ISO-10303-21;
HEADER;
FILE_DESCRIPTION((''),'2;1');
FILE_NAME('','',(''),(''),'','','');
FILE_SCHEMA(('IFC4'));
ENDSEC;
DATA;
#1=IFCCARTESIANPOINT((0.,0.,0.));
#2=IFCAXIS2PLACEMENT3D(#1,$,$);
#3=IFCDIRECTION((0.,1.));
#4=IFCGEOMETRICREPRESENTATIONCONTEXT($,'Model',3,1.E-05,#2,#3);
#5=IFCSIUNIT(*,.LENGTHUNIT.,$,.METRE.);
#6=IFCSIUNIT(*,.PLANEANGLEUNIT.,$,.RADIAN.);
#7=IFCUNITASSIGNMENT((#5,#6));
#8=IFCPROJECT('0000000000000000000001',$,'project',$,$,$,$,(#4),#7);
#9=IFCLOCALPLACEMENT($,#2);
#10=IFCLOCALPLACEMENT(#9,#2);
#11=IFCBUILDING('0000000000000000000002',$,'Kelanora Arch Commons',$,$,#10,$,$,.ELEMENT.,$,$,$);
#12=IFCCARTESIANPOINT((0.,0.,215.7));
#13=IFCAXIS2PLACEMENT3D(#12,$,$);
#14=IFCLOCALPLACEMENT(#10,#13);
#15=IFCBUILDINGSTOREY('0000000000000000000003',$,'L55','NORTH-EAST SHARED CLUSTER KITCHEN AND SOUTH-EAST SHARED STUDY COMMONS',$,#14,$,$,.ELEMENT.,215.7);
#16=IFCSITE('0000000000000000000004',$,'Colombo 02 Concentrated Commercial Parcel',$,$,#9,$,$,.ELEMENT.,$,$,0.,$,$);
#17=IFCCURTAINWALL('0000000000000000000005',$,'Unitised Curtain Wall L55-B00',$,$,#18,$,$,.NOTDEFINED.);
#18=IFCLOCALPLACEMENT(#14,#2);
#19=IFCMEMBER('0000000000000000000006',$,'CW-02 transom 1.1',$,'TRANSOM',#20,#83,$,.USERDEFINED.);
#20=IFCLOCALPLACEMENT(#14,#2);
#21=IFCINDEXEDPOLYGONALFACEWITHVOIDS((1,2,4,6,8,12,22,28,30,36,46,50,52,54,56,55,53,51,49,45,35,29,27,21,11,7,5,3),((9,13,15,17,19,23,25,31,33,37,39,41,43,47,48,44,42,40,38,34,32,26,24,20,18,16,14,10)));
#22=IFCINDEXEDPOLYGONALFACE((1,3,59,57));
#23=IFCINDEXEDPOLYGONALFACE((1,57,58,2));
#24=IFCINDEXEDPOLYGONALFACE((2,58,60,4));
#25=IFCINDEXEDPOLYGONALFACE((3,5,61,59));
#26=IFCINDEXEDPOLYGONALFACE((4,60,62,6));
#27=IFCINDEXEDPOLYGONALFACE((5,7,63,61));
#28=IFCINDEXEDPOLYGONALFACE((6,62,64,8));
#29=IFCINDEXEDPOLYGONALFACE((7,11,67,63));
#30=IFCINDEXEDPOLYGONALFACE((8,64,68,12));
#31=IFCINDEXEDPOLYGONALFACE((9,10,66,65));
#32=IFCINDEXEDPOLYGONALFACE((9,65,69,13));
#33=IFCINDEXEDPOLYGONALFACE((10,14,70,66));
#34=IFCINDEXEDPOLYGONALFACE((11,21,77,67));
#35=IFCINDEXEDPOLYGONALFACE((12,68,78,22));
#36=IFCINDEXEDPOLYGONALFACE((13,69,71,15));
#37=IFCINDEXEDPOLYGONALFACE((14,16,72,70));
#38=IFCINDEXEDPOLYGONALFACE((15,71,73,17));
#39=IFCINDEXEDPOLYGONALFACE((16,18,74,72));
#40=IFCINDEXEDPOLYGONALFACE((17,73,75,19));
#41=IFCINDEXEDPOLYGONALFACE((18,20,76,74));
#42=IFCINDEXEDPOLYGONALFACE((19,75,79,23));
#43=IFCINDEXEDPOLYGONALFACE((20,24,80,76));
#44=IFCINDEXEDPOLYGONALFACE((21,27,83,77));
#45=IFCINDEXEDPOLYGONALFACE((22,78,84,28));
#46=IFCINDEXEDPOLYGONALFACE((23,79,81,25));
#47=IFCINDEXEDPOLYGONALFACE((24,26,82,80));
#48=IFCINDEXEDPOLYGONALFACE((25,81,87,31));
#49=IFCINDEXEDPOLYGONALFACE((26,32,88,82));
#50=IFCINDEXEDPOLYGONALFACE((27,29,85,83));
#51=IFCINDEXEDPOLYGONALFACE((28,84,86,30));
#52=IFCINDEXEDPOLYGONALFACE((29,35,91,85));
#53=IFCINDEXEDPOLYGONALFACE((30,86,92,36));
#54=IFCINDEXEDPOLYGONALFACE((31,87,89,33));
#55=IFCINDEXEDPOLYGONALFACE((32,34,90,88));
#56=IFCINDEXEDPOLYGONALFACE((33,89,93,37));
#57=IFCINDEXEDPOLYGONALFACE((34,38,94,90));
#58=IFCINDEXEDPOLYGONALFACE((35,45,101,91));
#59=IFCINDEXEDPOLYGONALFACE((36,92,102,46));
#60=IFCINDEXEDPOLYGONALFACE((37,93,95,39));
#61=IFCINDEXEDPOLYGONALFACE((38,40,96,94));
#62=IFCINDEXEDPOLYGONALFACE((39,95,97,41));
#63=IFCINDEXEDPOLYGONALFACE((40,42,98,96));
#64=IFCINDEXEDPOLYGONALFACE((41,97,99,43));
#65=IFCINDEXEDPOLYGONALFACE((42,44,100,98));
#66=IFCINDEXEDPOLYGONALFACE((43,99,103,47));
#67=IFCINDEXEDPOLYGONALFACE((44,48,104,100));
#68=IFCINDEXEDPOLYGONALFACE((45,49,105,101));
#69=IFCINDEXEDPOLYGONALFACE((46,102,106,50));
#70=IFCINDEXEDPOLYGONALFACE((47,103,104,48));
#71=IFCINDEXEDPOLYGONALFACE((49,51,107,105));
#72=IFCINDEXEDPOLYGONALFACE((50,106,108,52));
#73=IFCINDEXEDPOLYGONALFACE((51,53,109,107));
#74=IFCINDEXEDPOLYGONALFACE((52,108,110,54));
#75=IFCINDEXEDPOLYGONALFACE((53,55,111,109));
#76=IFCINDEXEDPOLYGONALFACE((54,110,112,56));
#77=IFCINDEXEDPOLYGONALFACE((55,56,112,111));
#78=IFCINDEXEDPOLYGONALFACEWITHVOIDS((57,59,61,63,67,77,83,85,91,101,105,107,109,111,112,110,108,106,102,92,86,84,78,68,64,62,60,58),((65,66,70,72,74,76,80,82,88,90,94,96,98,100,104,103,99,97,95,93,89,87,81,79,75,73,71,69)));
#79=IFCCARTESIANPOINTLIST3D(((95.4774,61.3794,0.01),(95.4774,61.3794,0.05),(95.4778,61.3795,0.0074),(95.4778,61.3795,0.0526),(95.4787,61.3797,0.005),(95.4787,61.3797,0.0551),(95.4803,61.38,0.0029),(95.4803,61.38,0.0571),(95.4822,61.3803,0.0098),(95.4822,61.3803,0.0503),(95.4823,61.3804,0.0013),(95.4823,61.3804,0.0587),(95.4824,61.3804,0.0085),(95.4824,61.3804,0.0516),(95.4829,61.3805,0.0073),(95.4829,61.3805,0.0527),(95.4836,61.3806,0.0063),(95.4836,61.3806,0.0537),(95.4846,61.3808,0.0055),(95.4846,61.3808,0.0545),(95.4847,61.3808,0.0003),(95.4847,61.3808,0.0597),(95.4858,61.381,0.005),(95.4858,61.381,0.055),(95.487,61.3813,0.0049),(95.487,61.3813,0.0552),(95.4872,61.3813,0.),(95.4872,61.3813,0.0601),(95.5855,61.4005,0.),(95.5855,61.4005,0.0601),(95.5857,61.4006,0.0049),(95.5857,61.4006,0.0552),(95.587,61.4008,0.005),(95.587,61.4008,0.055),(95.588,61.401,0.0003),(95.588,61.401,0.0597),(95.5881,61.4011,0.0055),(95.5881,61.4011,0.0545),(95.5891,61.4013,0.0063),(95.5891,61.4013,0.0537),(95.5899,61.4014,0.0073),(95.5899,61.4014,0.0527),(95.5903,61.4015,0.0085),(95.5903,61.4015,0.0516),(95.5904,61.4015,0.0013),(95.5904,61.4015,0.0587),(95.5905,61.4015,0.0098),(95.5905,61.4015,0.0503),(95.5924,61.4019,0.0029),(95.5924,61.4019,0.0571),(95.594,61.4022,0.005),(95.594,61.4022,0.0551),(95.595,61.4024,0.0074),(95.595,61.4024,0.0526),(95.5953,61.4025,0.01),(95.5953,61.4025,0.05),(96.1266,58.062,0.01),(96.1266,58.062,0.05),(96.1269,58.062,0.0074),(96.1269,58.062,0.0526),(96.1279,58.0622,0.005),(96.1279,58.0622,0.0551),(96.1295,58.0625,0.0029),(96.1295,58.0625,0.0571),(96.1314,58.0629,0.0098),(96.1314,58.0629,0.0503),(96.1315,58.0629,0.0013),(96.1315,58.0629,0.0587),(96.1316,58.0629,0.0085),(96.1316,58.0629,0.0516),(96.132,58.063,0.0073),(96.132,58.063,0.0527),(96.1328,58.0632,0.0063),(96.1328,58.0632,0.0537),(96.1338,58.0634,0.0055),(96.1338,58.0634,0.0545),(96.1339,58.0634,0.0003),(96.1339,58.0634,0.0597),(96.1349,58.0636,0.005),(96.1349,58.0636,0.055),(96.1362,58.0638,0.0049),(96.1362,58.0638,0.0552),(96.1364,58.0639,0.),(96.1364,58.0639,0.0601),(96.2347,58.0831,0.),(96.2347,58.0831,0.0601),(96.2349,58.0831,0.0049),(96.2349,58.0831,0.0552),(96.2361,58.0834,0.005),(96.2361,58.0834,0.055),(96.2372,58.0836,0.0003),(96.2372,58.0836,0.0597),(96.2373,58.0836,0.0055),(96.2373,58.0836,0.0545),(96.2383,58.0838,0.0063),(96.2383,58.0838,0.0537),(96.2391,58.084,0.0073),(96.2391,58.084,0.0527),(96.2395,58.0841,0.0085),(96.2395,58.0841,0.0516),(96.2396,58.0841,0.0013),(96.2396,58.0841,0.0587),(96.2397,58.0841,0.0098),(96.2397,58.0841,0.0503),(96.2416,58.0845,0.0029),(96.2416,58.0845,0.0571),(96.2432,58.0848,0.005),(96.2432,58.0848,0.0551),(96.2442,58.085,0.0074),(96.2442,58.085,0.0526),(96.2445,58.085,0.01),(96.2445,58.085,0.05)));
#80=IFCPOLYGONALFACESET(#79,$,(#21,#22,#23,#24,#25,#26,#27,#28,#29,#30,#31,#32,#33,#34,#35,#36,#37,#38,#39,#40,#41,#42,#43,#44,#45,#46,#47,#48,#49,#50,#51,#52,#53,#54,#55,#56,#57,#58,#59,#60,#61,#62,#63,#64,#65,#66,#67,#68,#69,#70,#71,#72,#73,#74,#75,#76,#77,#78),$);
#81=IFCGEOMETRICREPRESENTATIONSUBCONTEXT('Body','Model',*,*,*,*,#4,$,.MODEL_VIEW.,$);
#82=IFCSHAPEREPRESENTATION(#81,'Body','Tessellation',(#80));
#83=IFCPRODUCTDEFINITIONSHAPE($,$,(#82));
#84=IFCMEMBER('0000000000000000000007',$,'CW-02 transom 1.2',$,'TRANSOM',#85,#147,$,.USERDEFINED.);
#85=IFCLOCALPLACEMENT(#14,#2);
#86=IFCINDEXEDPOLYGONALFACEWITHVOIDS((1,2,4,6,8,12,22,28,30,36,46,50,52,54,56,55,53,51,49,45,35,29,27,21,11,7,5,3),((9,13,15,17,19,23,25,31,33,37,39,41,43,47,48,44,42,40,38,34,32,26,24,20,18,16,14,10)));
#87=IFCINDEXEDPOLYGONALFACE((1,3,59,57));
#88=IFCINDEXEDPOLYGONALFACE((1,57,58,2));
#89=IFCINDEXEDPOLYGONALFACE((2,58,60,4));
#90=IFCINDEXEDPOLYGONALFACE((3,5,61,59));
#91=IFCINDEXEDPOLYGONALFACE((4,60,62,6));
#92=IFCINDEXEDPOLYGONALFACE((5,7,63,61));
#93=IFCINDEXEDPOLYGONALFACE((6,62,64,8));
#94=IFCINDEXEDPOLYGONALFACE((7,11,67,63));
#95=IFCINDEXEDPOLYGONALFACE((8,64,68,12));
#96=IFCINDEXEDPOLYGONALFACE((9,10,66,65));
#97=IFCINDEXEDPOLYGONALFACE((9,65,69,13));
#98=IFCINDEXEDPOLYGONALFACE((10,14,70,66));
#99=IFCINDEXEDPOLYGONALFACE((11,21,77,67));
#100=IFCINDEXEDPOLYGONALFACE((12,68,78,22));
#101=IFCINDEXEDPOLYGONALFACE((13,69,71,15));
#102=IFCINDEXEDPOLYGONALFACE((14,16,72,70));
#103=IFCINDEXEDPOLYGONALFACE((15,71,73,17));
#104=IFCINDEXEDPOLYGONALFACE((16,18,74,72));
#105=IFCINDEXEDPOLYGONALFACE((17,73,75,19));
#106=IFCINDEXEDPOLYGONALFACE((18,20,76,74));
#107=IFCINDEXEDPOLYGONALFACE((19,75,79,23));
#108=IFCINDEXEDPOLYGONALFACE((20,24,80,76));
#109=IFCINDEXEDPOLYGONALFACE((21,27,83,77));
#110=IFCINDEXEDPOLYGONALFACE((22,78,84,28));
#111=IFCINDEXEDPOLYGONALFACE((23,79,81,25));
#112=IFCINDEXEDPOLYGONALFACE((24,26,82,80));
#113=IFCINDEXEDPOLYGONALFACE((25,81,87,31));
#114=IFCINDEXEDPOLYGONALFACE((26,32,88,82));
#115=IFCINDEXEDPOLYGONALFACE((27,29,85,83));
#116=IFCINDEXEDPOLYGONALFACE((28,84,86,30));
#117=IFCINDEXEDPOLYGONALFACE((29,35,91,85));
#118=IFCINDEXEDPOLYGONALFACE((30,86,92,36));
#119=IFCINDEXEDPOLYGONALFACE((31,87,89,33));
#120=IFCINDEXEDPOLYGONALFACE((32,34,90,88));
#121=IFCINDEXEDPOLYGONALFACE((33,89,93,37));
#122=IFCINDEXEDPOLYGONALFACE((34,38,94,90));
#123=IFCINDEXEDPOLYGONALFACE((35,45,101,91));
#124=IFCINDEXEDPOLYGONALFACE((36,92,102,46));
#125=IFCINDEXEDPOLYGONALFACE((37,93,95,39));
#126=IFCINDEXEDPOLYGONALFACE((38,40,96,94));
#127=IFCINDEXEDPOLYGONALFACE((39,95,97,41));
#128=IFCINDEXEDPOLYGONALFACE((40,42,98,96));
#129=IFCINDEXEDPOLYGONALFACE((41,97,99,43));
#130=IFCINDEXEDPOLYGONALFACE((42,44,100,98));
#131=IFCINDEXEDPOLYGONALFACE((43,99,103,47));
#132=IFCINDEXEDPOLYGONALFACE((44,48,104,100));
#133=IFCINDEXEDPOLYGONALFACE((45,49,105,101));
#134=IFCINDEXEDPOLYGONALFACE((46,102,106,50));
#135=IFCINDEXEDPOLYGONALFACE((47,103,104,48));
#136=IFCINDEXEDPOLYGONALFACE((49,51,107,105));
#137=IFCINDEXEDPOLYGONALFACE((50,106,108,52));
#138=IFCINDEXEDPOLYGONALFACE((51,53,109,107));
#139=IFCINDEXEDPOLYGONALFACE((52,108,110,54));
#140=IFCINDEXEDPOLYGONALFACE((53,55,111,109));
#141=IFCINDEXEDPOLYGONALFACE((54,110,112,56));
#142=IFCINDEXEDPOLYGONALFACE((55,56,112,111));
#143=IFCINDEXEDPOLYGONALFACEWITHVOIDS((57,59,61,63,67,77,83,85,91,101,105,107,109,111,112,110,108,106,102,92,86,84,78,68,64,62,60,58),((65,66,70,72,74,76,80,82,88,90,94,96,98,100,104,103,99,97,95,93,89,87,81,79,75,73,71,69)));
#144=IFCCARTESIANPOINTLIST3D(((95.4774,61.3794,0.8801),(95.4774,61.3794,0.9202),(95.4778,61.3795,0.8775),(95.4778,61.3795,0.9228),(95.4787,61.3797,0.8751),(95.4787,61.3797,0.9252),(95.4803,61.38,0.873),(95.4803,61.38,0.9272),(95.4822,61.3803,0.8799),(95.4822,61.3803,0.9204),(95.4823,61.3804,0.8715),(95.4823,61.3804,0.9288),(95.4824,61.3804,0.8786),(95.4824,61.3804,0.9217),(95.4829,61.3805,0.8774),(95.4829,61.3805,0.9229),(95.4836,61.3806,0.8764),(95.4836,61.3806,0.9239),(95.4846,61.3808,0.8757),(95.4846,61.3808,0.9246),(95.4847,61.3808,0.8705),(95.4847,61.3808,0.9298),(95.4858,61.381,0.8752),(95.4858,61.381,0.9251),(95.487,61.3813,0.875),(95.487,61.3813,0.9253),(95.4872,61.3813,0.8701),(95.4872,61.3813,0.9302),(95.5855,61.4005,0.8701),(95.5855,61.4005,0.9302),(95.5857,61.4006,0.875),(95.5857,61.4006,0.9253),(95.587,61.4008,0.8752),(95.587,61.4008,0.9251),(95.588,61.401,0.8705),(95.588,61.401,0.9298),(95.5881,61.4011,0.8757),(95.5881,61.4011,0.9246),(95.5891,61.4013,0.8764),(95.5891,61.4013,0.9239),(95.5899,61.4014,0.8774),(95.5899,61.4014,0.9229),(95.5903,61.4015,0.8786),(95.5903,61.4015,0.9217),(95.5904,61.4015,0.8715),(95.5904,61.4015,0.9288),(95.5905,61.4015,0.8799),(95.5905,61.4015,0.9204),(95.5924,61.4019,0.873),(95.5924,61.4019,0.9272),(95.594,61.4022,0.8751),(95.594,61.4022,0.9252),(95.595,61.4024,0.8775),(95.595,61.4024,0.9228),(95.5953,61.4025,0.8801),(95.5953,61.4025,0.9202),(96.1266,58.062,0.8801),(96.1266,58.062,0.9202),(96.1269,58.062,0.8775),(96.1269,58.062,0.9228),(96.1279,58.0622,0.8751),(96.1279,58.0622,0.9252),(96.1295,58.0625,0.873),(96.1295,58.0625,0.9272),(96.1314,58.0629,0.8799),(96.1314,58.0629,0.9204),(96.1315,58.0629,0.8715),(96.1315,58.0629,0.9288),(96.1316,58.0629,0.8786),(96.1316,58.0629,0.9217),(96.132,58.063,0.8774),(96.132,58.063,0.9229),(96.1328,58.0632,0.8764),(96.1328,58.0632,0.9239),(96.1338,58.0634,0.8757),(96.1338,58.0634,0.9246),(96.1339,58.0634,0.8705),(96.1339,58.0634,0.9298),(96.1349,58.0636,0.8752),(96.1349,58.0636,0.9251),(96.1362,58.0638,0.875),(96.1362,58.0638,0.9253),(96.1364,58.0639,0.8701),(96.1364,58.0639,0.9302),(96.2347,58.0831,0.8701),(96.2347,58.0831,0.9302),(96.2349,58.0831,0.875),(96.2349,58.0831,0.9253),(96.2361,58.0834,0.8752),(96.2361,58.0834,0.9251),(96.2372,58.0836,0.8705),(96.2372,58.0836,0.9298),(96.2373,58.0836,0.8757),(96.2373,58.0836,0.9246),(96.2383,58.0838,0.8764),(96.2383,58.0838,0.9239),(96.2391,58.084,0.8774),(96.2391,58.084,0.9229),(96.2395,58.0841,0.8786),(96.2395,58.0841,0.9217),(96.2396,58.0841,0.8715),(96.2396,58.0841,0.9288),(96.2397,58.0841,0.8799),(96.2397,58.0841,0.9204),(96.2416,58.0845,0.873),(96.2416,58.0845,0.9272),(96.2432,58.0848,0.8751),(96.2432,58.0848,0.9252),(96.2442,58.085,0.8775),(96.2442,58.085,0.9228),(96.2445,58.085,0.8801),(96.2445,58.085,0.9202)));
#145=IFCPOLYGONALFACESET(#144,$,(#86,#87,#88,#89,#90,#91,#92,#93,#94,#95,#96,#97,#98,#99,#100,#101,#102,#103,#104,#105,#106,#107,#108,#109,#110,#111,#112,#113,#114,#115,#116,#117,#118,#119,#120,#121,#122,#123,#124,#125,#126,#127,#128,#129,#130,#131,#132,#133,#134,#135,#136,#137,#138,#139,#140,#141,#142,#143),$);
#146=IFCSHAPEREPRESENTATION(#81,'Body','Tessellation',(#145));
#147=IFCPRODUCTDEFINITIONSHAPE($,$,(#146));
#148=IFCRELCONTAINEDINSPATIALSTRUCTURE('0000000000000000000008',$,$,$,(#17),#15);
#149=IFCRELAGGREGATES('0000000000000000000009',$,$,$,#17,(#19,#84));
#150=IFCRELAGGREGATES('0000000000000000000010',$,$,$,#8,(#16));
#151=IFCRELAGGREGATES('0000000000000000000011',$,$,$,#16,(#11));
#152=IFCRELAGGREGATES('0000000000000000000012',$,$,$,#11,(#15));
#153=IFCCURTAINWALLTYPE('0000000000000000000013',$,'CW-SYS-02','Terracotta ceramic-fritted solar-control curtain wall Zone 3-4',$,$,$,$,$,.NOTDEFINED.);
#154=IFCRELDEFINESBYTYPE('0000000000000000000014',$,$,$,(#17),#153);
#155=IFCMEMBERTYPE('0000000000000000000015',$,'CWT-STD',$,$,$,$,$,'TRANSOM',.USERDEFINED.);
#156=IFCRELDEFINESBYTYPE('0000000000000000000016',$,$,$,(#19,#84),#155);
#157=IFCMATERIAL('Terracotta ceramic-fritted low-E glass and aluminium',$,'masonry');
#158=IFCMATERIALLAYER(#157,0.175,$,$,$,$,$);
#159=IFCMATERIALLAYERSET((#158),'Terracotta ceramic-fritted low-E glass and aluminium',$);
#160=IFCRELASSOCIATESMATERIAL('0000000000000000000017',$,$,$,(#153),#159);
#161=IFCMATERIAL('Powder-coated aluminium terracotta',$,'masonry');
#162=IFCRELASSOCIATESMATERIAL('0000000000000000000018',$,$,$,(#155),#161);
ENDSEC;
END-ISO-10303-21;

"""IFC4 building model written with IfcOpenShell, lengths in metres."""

from ifc_helpers import new_model, si_unit, direction, frame, origin, origin_2d, place, context, subcontext, project, spatial, hollow_rectangle, extrude, material, layer, layer_set, material_profile, profile_set, type_object, element, aggregate, save


model = new_model("IFC4")

# Units and contexts
model_context = context("Model", 3, precision=1e-05, world=origin(), true_north=direction((0.0, 1.0)))
body_context = subcontext(model_context, "Body", "Model", "MODEL_VIEW")
ifc_project = project(units=[si_unit("LENGTHUNIT", "METRE"), si_unit("PLANEANGLEUNIT", "RADIAN")], contexts=[model_context])

# Site, building, storey
site_placement = place(None, origin())
site = spatial("IfcSite", under=ifc_project, at=site_placement, Name="Colombo 02 Concentrated Commercial Parcel", CompositionType="ELEMENT", RefElevation=0.0)
building_placement = place(site_placement, origin())
building = spatial("IfcBuilding", under=site, at=building_placement, Name="Kelanora Arch Commons", CompositionType="ELEMENT")
storey_placement = place(building_placement, frame((0.0, 0.0, 215.7)))
storey = spatial("IfcBuildingStorey", under=building, at=storey_placement, Name="L55", Description="NORTH-EAST SHARED CLUSTER KITCHEN AND SOUTH-EAST SHARED STUDY COMMONS", CompositionType="ELEMENT", Elevation=215.7)

# Curtain wall, members
ifc_material_1 = material(Name="Terracotta ceramic-fritted low-E glass and aluminium", Category="masonry")
ifc_layer_1 = layer(ifc_material_1, 0.175)
ifc_layer_set_1 = layer_set([ifc_layer_1], Name="Terracotta ceramic-fritted low-E glass and aluminium")
curtain_wall_type = type_object("IfcCurtainWallType", Name="CW-SYS-02", Description="Terracotta ceramic-fritted solar-control curtain wall Zone 3-4", PredefinedType="NOTDEFINED", material=ifc_layer_set_1)
curtain_wall_placement = place(storey_placement, origin())
curtain_wall = element("IfcCurtainWall", 1, at=curtain_wall_placement, inside=storey, type_object=curtain_wall_type, Name="Unitised Curtain Wall L55-B00", PredefinedType="NOTDEFINED")
ifc_material_2 = material(Name="Powder-coated aluminium terracotta", Category="masonry")
ifc_material_profile_1 = material_profile(ifc_material_2, hollow_rectangle(XDim=0.1201, YDim=0.0601, WallThickness=0.0049, InnerFilletRadius=0.0049, OuterFilletRadius=0.01, at=origin_2d()), Name="CWT120x60")
ifc_profile_set_1 = profile_set([ifc_material_profile_1], Name="Powder-coated aluminium terracotta")
member_type_1 = type_object("IfcMemberType", Name="CWT-STD", ElementType="TRANSOM", PredefinedType="USERDEFINED", material=ifc_profile_set_1)
member_1_placement = place(storey_placement, frame((96.1855, 58.0735, 0.03), z_axis=(-0.192045, 0.981386, 0.0), x_axis=(-0.981386, -0.192045, 0.0)))
member_1 = element("IfcMember", 2, at=member_1_placement, type_object=member_type_1, Name="CW-02 transom 1.1", ObjectType="TRANSOM", PredefinedType="USERDEFINED", context=body_context, shape_type="SweptSolid", body=[
    extrude(hollow_rectangle(XDim=0.1201, YDim=0.0601, WallThickness=0.0049, InnerFilletRadius=0.0049, OuterFilletRadius=0.01, at=origin_2d()), origin(), (0.0, 0.0, 1.0), 3.3804),
])
member_2_placement = place(storey_placement, frame((96.1855, 58.0735, 0.9001), z_axis=(-0.192045, 0.981386, 0.0), x_axis=(-0.981386, -0.192045, 0.0)))
member_2 = element("IfcMember", 3, at=member_2_placement, type_object=member_type_1, Name="CW-02 transom 1.2", ObjectType="TRANSOM", PredefinedType="USERDEFINED", context=body_context, shape_type="SweptSolid", body=[
    extrude(hollow_rectangle(XDim=0.1201, YDim=0.0601, WallThickness=0.0049, InnerFilletRadius=0.0049, OuterFilletRadius=0.01, at=origin_2d()), origin(), (0.0, 0.0, 1.0), 3.3804),
])
aggregate(curtain_wall, [member_1, member_2])

save(model, "model.ifc")
